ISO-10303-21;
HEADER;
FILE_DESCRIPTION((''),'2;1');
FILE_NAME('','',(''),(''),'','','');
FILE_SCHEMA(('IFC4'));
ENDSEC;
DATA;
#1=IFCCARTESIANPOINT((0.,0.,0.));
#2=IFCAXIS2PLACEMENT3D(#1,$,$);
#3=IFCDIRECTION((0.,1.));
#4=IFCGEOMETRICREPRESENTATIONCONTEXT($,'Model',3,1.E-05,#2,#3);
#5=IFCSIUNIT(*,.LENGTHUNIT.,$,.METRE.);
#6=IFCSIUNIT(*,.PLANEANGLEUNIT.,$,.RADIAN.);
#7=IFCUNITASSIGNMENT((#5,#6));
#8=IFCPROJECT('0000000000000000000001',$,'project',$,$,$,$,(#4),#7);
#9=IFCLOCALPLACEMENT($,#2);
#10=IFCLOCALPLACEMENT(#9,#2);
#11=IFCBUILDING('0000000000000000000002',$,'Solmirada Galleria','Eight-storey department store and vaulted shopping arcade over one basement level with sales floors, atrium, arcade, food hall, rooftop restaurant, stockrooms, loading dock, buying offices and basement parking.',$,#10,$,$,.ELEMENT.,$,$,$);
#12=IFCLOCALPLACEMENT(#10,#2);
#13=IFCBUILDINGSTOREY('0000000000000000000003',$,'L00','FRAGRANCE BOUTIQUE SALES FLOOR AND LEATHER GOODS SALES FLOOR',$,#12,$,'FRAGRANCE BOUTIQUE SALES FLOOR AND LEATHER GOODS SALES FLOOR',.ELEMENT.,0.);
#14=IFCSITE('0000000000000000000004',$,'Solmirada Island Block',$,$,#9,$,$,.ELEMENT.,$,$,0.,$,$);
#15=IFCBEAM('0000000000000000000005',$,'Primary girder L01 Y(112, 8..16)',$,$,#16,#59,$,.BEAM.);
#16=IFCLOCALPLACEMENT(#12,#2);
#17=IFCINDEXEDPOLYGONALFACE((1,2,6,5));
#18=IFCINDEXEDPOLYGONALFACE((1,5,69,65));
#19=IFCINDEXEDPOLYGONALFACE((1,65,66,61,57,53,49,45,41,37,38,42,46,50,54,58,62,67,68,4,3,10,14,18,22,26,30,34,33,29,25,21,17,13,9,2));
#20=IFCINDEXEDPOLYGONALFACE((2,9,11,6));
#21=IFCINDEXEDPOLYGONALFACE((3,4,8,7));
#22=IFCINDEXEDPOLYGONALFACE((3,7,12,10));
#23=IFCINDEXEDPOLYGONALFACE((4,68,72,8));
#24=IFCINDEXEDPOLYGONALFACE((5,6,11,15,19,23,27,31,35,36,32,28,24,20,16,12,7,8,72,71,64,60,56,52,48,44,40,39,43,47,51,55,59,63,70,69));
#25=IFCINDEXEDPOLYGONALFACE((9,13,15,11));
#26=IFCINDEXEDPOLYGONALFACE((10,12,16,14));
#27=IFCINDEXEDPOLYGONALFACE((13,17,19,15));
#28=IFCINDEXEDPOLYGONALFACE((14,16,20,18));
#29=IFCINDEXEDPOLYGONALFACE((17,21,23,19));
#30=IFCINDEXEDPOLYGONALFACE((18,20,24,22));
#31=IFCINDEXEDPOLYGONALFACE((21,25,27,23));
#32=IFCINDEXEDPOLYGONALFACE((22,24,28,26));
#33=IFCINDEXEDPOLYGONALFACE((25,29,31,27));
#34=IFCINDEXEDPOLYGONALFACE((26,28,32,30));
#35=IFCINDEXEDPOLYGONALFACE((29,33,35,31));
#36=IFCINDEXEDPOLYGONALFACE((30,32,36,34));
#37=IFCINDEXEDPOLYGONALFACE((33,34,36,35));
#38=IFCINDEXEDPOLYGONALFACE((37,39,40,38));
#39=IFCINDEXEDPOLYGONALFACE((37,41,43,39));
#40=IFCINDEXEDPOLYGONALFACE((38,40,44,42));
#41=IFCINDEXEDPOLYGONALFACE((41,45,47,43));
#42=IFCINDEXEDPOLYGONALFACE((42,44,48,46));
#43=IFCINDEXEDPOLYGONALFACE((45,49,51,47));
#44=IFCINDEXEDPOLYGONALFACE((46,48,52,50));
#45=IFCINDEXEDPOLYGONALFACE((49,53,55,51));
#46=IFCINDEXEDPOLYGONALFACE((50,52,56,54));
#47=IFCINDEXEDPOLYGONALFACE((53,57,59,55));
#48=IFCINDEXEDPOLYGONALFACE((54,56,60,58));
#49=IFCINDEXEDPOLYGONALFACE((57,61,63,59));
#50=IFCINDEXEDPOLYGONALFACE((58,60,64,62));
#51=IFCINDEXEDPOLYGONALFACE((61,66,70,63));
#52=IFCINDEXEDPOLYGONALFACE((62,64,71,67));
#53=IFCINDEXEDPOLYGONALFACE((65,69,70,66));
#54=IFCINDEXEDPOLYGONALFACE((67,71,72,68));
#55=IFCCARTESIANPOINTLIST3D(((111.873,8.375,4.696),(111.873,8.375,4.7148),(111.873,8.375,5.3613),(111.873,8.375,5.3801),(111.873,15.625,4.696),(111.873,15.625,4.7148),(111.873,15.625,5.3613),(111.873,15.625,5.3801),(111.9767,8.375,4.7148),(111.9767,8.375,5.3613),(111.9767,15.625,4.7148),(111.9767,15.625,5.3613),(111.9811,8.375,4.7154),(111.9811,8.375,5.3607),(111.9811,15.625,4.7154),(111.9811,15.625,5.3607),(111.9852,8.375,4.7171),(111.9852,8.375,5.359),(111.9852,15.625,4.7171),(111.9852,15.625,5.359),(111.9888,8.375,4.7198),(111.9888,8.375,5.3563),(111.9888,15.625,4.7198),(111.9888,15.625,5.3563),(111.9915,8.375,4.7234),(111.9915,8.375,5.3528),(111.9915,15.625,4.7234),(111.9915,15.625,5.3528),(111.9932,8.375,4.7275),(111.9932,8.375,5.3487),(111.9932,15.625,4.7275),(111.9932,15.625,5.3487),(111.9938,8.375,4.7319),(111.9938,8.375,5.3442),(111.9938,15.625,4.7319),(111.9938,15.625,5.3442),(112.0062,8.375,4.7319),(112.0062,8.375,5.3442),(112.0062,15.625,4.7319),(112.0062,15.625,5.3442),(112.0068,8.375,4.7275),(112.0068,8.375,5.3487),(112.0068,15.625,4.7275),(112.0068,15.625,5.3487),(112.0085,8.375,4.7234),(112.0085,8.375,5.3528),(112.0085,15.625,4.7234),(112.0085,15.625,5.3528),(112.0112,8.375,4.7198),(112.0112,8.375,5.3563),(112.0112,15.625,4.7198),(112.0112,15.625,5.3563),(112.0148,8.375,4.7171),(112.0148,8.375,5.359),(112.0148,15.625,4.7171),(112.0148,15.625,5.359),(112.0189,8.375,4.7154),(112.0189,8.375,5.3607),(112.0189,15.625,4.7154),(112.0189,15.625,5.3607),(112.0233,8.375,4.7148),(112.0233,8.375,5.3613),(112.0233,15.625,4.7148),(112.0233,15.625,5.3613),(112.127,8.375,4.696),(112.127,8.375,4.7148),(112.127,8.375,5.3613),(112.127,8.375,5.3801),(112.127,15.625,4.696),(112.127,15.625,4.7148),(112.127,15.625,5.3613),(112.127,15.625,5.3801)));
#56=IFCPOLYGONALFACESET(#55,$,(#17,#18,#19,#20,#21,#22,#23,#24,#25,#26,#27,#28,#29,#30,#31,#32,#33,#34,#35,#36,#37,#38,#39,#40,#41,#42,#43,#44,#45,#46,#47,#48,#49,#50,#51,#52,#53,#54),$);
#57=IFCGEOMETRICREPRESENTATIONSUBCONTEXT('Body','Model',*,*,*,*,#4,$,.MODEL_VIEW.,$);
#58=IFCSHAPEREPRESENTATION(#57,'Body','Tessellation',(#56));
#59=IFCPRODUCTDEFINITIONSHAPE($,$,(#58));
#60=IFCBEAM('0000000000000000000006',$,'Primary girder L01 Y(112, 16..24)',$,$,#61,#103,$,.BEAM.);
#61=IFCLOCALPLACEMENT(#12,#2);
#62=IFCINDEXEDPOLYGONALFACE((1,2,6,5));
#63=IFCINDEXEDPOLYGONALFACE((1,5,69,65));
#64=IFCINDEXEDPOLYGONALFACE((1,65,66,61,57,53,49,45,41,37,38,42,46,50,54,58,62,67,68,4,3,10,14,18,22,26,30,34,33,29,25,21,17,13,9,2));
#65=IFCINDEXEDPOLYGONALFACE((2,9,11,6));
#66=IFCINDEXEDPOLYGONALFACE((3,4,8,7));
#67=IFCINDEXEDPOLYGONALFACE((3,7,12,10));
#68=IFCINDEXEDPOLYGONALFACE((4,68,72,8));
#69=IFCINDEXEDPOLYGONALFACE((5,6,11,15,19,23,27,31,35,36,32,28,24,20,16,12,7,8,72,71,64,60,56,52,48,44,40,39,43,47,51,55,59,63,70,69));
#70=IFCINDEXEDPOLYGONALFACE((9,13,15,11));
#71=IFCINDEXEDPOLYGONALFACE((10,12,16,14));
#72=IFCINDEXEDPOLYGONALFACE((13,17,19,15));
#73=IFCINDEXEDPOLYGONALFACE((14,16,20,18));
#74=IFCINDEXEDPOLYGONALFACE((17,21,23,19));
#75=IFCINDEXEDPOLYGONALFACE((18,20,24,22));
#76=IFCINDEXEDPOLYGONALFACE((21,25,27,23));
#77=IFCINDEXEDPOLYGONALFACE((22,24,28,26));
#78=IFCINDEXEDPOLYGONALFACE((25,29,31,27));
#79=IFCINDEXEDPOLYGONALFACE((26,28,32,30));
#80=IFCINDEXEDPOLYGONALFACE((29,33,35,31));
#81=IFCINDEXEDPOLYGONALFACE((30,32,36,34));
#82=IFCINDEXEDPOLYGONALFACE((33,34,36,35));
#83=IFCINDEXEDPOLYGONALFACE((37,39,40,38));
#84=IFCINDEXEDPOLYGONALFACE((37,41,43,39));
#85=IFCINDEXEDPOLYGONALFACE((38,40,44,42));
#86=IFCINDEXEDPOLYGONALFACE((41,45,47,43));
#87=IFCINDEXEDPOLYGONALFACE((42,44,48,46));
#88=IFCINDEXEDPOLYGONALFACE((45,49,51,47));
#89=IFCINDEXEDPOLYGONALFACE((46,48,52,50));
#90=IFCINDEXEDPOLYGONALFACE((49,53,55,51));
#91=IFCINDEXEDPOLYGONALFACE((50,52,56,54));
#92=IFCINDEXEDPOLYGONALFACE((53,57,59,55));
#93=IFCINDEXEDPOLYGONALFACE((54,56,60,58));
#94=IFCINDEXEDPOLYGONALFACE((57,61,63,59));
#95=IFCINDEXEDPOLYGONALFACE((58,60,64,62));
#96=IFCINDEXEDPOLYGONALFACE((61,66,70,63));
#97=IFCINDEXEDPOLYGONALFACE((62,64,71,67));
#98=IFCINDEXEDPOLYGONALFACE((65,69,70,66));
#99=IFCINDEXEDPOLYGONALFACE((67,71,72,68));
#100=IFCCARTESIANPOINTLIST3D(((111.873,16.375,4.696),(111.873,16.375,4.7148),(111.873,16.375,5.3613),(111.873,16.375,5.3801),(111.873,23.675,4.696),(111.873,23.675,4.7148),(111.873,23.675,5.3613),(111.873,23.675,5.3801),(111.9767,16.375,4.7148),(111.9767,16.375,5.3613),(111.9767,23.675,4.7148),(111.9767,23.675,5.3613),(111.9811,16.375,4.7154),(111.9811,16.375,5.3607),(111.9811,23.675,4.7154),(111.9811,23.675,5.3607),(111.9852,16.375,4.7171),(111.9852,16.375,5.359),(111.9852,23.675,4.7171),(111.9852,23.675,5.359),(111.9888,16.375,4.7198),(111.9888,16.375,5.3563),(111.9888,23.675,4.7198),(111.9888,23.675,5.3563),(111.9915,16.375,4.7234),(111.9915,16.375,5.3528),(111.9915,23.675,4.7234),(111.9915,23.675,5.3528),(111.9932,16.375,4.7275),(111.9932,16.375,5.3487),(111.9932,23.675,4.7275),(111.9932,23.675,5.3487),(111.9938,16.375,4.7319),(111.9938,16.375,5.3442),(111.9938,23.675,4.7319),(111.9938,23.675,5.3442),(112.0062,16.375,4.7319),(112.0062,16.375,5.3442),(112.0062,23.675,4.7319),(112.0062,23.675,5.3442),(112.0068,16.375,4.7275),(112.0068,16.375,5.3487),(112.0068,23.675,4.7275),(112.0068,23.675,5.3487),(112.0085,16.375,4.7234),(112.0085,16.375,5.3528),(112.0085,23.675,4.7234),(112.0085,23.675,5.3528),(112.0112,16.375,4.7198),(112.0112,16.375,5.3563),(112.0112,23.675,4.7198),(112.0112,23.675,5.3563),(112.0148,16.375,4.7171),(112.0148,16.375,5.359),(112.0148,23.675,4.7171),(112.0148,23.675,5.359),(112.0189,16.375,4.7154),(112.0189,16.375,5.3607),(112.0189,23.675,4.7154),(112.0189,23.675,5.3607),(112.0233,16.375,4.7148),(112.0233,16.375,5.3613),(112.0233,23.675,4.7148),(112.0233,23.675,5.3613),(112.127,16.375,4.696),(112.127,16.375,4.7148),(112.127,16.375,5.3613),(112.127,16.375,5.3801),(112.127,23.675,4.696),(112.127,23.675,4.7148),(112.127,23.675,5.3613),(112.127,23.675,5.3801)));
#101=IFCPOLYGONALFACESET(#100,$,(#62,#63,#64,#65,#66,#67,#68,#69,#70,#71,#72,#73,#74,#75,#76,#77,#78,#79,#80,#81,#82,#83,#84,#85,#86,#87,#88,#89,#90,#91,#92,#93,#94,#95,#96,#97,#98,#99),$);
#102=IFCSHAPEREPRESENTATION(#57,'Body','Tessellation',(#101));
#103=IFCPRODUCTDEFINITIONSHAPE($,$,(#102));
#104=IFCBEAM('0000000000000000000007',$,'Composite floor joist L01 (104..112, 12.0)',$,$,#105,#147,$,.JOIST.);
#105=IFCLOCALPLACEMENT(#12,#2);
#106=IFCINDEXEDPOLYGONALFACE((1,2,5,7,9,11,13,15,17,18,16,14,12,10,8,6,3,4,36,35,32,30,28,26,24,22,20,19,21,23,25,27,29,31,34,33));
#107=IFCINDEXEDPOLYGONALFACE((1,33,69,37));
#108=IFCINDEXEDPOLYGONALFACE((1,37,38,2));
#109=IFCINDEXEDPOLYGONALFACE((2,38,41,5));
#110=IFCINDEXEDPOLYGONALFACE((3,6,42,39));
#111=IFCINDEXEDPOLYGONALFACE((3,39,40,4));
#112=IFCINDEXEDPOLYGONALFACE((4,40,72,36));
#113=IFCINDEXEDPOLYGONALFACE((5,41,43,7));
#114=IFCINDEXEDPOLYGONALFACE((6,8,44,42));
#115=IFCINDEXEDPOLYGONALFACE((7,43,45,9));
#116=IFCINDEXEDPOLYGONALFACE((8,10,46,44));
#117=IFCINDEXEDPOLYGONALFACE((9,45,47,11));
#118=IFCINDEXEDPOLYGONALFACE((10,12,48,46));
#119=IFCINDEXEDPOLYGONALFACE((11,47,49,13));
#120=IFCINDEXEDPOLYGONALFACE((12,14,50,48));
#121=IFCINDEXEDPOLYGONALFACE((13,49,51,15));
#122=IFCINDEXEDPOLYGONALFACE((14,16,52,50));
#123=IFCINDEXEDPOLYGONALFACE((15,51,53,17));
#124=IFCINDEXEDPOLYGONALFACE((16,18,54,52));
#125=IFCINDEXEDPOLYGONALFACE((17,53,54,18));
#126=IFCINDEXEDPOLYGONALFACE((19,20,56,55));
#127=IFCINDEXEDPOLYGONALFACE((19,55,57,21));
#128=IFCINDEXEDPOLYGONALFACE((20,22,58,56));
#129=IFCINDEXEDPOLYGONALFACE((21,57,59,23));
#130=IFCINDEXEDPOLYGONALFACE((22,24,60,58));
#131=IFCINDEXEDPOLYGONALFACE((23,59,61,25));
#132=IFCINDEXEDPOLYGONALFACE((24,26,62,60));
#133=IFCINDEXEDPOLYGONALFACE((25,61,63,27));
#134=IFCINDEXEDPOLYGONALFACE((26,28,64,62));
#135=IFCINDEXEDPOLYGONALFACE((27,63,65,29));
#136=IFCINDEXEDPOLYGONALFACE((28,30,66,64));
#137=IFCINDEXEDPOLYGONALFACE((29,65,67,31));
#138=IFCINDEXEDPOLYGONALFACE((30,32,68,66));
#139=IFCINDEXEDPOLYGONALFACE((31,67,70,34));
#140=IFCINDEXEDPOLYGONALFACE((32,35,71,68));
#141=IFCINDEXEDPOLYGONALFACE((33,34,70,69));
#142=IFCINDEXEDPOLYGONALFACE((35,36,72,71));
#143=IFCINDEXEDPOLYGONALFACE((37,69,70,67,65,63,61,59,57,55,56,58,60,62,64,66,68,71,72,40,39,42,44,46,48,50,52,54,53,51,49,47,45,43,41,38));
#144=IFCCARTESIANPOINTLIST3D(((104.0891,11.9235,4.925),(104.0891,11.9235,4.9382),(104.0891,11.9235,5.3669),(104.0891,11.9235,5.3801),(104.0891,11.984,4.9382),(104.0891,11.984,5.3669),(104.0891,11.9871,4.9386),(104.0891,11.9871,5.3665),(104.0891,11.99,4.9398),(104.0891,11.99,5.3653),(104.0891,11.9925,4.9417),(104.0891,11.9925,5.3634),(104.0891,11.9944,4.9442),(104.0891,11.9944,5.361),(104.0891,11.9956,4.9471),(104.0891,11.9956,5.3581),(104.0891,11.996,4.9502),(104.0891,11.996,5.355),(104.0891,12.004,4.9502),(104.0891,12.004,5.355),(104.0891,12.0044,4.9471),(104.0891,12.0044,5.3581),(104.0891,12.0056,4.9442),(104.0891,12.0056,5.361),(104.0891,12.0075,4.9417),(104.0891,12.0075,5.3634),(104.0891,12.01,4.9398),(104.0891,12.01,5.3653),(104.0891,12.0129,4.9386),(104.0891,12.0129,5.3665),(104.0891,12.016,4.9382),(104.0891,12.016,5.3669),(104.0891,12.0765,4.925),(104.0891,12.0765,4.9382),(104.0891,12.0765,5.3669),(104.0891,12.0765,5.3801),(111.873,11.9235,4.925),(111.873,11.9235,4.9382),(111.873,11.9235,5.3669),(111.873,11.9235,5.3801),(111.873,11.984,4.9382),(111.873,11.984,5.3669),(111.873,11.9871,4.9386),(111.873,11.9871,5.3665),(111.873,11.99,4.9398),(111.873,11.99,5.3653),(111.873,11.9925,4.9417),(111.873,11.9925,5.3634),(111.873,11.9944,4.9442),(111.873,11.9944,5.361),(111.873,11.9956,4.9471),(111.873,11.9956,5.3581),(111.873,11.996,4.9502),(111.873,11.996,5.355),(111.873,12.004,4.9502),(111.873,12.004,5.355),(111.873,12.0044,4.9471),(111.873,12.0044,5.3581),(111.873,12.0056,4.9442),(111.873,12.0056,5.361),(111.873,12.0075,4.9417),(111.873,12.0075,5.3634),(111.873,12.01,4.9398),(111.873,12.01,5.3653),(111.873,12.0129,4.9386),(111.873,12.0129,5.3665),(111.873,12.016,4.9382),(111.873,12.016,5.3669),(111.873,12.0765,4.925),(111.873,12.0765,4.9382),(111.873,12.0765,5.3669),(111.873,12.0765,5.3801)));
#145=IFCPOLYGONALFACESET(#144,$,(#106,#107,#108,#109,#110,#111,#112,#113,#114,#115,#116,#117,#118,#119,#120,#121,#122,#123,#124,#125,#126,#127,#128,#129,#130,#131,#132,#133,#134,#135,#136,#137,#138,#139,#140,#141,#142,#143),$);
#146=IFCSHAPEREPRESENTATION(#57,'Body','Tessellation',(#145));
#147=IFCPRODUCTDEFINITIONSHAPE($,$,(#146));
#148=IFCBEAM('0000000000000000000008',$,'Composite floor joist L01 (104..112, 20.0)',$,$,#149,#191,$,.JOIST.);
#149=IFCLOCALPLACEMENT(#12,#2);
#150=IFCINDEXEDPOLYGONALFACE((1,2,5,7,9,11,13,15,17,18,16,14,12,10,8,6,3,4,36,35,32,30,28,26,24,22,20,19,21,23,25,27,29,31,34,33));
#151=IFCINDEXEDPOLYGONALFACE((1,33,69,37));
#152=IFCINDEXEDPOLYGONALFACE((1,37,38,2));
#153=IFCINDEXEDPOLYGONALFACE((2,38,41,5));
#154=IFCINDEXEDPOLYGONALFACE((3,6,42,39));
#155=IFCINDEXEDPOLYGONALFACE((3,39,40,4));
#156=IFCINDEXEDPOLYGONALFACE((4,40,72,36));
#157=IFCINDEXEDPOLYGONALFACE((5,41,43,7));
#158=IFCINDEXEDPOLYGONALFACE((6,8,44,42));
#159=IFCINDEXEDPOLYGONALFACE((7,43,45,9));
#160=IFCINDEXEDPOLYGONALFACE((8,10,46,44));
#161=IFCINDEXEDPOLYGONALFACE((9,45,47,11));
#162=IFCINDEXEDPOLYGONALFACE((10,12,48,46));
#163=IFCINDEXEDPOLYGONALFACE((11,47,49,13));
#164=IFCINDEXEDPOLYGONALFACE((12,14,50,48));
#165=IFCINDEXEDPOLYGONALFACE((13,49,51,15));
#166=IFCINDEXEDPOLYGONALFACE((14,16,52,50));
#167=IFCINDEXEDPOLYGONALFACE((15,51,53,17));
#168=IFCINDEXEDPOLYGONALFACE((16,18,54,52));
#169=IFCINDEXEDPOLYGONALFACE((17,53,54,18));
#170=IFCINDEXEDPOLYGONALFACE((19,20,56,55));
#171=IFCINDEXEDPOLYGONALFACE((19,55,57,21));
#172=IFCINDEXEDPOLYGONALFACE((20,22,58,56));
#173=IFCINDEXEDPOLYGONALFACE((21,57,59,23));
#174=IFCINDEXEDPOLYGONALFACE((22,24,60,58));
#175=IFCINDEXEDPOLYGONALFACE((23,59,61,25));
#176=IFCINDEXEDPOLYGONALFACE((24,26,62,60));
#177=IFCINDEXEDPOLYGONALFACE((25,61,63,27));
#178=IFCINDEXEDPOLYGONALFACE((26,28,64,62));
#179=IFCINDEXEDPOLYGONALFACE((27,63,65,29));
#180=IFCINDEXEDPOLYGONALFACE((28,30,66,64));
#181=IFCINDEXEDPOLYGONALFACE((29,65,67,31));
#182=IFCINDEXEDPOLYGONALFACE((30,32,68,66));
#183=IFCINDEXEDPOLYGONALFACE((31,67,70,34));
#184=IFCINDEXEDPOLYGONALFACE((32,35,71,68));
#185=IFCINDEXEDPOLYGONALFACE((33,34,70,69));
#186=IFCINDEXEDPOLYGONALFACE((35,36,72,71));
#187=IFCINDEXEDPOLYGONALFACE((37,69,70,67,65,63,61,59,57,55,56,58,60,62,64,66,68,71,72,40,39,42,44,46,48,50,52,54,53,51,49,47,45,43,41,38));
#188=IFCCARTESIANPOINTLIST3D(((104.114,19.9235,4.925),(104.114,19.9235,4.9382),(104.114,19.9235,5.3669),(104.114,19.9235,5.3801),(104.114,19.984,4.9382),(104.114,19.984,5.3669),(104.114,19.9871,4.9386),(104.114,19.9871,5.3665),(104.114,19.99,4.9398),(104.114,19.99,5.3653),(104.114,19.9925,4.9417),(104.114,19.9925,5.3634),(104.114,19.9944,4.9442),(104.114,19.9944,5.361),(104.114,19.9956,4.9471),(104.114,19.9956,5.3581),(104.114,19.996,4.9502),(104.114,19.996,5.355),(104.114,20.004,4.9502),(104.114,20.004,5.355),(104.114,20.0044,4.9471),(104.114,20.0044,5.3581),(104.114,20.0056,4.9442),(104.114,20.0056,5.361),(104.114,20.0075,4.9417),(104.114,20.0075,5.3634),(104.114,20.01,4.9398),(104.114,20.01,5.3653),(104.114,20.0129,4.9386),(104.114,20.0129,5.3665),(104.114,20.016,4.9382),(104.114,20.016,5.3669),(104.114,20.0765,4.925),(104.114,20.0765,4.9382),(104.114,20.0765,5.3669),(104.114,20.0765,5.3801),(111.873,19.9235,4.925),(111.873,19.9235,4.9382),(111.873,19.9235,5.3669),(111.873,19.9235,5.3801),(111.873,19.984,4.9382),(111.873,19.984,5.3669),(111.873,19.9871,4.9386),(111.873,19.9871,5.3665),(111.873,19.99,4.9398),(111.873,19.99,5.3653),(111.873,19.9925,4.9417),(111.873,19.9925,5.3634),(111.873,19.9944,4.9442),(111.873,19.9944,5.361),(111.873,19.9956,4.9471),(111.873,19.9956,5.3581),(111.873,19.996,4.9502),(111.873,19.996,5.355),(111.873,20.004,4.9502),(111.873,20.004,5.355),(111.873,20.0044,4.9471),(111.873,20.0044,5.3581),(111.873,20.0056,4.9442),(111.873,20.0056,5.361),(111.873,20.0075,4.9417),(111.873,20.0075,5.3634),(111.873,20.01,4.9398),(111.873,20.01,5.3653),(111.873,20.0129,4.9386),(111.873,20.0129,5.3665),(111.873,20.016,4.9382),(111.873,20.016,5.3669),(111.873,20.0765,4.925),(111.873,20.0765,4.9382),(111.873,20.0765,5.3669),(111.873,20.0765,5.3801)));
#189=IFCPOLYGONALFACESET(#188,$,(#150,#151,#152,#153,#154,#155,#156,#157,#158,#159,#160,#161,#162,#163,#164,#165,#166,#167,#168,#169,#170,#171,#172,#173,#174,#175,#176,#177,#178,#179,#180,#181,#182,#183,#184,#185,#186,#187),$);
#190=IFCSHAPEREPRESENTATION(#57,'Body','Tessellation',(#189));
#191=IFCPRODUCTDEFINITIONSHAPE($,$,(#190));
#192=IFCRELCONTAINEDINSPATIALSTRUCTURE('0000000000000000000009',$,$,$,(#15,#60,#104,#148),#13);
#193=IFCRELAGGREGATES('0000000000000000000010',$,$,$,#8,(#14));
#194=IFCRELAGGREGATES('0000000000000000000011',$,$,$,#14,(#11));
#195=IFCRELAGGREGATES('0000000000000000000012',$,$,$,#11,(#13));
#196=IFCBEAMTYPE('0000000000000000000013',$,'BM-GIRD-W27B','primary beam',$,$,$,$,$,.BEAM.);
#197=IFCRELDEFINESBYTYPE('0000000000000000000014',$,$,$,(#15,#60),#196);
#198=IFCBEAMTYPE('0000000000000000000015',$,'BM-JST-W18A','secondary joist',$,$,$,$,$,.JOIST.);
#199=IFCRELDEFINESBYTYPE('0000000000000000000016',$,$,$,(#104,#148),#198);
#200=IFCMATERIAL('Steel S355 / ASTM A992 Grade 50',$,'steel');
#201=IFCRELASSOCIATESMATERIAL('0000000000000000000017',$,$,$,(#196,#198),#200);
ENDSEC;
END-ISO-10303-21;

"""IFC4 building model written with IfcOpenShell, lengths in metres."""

from ifc_helpers import new_model, si_unit, direction, frame, origin, origin_2d, place, context, subcontext, project, spatial, i_section, extrude, material, material_profile, profile_set, type_object, element, save


model = new_model("IFC4")

# Units and contexts
model_context = context("Model", 3, precision=1e-05, world=origin(), true_north=direction((0.0, 1.0)))
body_context = subcontext(model_context, "Body", "Model", "MODEL_VIEW")
ifc_project = project(units=[si_unit("LENGTHUNIT", "METRE"), si_unit("PLANEANGLEUNIT", "RADIAN")], contexts=[model_context])

# Site, building, storey
site_placement = place(None, origin())
site = spatial("IfcSite", under=ifc_project, at=site_placement, Name="Solmirada Island Block", CompositionType="ELEMENT", RefElevation=0.0)
building_placement = place(site_placement, origin())
building = spatial("IfcBuilding", under=site, at=building_placement, Name="Solmirada Galleria", Description="Eight-storey department store and vaulted shopping arcade over one basement level with sales floors, atrium, arcade, food hall, rooftop restaurant, stockrooms, loading dock, buying offices and basement parking.", CompositionType="ELEMENT")
storey_placement = place(building_placement, origin())
storey = spatial("IfcBuildingStorey", under=building, at=storey_placement, Name="L00", Description="FRAGRANCE BOUTIQUE SALES FLOOR AND LEATHER GOODS SALES FLOOR", LongName="FRAGRANCE BOUTIQUE SALES FLOOR AND LEATHER GOODS SALES FLOOR", CompositionType="ELEMENT", Elevation=0.0)

# Beams
ifc_material_1 = material(Name="Steel S355 / ASTM A992 Grade 50", Category="steel")
ifc_material_profile_1 = material_profile(ifc_material_1, i_section(OverallWidth=0.2539, OverallDepth=0.6841, WebThickness=0.0125, FlangeThickness=0.0188, FilletRadius=0.0171, at=origin_2d()), Name="W27X94")
ifc_profile_set_1 = profile_set([ifc_material_profile_1], Name="Steel S355 / ASTM A992 Grade 50")
beam_type_1 = type_object("IfcBeamType", Name="BM-GIRD-W27B", Description="primary beam", PredefinedType="BEAM", material=ifc_profile_set_1)
beam_1_placement = place(storey_placement, frame((112.0, 8.375, 5.0381), z_axis=(0.0, 1.0, 0.0), x_axis=(-1.0, 0.0, 0.0)))
element("IfcBeam", 1, at=beam_1_placement, inside=storey, type_object=beam_type_1, Name="Primary girder L01 Y(112, 8..16)", PredefinedType="BEAM", context=body_context, shape_type="SweptSolid", body=[
    extrude(i_section(OverallWidth=0.2539, OverallDepth=0.6841, WebThickness=0.0125, FlangeThickness=0.0188, FilletRadius=0.0171, at=origin_2d()), origin(), (0.0, 0.0, 1.0), 7.25),
])
beam_2_placement = place(storey_placement, frame((112.0, 16.375, 5.0381), z_axis=(0.0, 1.0, 0.0), x_axis=(-1.0, 0.0, 0.0)))
element("IfcBeam", 2, at=beam_2_placement, inside=storey, type_object=beam_type_1, Name="Primary girder L01 Y(112, 16..24)", PredefinedType="BEAM", context=body_context, shape_type="SweptSolid", body=[
    extrude(i_section(OverallWidth=0.2539, OverallDepth=0.6841, WebThickness=0.0125, FlangeThickness=0.0188, FilletRadius=0.0171, at=origin_2d()), origin(), (0.0, 0.0, 1.0), 7.3),
])
ifc_material_profile_2 = material_profile(ifc_material_1, i_section(OverallWidth=0.1531, OverallDepth=0.4551, WebThickness=0.0081, FlangeThickness=0.0132, FilletRadius=0.012, at=origin_2d()), Name="W18X40")
ifc_profile_set_2 = profile_set([ifc_material_profile_2], Name="Steel S355 / ASTM A992 Grade 50")
beam_type_2 = type_object("IfcBeamType", Name="BM-JST-W18A", Description="secondary joist", PredefinedType="JOIST", material=ifc_profile_set_2)
beam_3_placement = place(storey_placement, frame((104.0891, 12.0, 5.1526), z_axis=(1.0, 0.0, 0.0), x_axis=(0.0, 1.0, 0.0)))
element("IfcBeam", 3, at=beam_3_placement, inside=storey, type_object=beam_type_2, Name="Composite floor joist L01 (104..112, 12.0)", PredefinedType="JOIST", context=body_context, shape_type="SweptSolid", body=[
    extrude(i_section(OverallWidth=0.1531, OverallDepth=0.4551, WebThickness=0.0081, FlangeThickness=0.0132, FilletRadius=0.012, at=origin_2d()), origin(), (0.0, 0.0, 1.0), 7.7839),
])
beam_4_placement = place(storey_placement, frame((104.114, 20.0, 5.1526), z_axis=(1.0, 0.0, 0.0), x_axis=(0.0, 1.0, 0.0)))
element("IfcBeam", 4, at=beam_4_placement, inside=storey, type_object=beam_type_2, Name="Composite floor joist L01 (104..112, 20.0)", PredefinedType="JOIST", context=body_context, shape_type="SweptSolid", body=[
    extrude(i_section(OverallWidth=0.1531, OverallDepth=0.4551, WebThickness=0.0081, FlangeThickness=0.0132, FilletRadius=0.012, at=origin_2d()), origin(), (0.0, 0.0, 1.0), 7.759),
])

save(model, "model.ifc")
